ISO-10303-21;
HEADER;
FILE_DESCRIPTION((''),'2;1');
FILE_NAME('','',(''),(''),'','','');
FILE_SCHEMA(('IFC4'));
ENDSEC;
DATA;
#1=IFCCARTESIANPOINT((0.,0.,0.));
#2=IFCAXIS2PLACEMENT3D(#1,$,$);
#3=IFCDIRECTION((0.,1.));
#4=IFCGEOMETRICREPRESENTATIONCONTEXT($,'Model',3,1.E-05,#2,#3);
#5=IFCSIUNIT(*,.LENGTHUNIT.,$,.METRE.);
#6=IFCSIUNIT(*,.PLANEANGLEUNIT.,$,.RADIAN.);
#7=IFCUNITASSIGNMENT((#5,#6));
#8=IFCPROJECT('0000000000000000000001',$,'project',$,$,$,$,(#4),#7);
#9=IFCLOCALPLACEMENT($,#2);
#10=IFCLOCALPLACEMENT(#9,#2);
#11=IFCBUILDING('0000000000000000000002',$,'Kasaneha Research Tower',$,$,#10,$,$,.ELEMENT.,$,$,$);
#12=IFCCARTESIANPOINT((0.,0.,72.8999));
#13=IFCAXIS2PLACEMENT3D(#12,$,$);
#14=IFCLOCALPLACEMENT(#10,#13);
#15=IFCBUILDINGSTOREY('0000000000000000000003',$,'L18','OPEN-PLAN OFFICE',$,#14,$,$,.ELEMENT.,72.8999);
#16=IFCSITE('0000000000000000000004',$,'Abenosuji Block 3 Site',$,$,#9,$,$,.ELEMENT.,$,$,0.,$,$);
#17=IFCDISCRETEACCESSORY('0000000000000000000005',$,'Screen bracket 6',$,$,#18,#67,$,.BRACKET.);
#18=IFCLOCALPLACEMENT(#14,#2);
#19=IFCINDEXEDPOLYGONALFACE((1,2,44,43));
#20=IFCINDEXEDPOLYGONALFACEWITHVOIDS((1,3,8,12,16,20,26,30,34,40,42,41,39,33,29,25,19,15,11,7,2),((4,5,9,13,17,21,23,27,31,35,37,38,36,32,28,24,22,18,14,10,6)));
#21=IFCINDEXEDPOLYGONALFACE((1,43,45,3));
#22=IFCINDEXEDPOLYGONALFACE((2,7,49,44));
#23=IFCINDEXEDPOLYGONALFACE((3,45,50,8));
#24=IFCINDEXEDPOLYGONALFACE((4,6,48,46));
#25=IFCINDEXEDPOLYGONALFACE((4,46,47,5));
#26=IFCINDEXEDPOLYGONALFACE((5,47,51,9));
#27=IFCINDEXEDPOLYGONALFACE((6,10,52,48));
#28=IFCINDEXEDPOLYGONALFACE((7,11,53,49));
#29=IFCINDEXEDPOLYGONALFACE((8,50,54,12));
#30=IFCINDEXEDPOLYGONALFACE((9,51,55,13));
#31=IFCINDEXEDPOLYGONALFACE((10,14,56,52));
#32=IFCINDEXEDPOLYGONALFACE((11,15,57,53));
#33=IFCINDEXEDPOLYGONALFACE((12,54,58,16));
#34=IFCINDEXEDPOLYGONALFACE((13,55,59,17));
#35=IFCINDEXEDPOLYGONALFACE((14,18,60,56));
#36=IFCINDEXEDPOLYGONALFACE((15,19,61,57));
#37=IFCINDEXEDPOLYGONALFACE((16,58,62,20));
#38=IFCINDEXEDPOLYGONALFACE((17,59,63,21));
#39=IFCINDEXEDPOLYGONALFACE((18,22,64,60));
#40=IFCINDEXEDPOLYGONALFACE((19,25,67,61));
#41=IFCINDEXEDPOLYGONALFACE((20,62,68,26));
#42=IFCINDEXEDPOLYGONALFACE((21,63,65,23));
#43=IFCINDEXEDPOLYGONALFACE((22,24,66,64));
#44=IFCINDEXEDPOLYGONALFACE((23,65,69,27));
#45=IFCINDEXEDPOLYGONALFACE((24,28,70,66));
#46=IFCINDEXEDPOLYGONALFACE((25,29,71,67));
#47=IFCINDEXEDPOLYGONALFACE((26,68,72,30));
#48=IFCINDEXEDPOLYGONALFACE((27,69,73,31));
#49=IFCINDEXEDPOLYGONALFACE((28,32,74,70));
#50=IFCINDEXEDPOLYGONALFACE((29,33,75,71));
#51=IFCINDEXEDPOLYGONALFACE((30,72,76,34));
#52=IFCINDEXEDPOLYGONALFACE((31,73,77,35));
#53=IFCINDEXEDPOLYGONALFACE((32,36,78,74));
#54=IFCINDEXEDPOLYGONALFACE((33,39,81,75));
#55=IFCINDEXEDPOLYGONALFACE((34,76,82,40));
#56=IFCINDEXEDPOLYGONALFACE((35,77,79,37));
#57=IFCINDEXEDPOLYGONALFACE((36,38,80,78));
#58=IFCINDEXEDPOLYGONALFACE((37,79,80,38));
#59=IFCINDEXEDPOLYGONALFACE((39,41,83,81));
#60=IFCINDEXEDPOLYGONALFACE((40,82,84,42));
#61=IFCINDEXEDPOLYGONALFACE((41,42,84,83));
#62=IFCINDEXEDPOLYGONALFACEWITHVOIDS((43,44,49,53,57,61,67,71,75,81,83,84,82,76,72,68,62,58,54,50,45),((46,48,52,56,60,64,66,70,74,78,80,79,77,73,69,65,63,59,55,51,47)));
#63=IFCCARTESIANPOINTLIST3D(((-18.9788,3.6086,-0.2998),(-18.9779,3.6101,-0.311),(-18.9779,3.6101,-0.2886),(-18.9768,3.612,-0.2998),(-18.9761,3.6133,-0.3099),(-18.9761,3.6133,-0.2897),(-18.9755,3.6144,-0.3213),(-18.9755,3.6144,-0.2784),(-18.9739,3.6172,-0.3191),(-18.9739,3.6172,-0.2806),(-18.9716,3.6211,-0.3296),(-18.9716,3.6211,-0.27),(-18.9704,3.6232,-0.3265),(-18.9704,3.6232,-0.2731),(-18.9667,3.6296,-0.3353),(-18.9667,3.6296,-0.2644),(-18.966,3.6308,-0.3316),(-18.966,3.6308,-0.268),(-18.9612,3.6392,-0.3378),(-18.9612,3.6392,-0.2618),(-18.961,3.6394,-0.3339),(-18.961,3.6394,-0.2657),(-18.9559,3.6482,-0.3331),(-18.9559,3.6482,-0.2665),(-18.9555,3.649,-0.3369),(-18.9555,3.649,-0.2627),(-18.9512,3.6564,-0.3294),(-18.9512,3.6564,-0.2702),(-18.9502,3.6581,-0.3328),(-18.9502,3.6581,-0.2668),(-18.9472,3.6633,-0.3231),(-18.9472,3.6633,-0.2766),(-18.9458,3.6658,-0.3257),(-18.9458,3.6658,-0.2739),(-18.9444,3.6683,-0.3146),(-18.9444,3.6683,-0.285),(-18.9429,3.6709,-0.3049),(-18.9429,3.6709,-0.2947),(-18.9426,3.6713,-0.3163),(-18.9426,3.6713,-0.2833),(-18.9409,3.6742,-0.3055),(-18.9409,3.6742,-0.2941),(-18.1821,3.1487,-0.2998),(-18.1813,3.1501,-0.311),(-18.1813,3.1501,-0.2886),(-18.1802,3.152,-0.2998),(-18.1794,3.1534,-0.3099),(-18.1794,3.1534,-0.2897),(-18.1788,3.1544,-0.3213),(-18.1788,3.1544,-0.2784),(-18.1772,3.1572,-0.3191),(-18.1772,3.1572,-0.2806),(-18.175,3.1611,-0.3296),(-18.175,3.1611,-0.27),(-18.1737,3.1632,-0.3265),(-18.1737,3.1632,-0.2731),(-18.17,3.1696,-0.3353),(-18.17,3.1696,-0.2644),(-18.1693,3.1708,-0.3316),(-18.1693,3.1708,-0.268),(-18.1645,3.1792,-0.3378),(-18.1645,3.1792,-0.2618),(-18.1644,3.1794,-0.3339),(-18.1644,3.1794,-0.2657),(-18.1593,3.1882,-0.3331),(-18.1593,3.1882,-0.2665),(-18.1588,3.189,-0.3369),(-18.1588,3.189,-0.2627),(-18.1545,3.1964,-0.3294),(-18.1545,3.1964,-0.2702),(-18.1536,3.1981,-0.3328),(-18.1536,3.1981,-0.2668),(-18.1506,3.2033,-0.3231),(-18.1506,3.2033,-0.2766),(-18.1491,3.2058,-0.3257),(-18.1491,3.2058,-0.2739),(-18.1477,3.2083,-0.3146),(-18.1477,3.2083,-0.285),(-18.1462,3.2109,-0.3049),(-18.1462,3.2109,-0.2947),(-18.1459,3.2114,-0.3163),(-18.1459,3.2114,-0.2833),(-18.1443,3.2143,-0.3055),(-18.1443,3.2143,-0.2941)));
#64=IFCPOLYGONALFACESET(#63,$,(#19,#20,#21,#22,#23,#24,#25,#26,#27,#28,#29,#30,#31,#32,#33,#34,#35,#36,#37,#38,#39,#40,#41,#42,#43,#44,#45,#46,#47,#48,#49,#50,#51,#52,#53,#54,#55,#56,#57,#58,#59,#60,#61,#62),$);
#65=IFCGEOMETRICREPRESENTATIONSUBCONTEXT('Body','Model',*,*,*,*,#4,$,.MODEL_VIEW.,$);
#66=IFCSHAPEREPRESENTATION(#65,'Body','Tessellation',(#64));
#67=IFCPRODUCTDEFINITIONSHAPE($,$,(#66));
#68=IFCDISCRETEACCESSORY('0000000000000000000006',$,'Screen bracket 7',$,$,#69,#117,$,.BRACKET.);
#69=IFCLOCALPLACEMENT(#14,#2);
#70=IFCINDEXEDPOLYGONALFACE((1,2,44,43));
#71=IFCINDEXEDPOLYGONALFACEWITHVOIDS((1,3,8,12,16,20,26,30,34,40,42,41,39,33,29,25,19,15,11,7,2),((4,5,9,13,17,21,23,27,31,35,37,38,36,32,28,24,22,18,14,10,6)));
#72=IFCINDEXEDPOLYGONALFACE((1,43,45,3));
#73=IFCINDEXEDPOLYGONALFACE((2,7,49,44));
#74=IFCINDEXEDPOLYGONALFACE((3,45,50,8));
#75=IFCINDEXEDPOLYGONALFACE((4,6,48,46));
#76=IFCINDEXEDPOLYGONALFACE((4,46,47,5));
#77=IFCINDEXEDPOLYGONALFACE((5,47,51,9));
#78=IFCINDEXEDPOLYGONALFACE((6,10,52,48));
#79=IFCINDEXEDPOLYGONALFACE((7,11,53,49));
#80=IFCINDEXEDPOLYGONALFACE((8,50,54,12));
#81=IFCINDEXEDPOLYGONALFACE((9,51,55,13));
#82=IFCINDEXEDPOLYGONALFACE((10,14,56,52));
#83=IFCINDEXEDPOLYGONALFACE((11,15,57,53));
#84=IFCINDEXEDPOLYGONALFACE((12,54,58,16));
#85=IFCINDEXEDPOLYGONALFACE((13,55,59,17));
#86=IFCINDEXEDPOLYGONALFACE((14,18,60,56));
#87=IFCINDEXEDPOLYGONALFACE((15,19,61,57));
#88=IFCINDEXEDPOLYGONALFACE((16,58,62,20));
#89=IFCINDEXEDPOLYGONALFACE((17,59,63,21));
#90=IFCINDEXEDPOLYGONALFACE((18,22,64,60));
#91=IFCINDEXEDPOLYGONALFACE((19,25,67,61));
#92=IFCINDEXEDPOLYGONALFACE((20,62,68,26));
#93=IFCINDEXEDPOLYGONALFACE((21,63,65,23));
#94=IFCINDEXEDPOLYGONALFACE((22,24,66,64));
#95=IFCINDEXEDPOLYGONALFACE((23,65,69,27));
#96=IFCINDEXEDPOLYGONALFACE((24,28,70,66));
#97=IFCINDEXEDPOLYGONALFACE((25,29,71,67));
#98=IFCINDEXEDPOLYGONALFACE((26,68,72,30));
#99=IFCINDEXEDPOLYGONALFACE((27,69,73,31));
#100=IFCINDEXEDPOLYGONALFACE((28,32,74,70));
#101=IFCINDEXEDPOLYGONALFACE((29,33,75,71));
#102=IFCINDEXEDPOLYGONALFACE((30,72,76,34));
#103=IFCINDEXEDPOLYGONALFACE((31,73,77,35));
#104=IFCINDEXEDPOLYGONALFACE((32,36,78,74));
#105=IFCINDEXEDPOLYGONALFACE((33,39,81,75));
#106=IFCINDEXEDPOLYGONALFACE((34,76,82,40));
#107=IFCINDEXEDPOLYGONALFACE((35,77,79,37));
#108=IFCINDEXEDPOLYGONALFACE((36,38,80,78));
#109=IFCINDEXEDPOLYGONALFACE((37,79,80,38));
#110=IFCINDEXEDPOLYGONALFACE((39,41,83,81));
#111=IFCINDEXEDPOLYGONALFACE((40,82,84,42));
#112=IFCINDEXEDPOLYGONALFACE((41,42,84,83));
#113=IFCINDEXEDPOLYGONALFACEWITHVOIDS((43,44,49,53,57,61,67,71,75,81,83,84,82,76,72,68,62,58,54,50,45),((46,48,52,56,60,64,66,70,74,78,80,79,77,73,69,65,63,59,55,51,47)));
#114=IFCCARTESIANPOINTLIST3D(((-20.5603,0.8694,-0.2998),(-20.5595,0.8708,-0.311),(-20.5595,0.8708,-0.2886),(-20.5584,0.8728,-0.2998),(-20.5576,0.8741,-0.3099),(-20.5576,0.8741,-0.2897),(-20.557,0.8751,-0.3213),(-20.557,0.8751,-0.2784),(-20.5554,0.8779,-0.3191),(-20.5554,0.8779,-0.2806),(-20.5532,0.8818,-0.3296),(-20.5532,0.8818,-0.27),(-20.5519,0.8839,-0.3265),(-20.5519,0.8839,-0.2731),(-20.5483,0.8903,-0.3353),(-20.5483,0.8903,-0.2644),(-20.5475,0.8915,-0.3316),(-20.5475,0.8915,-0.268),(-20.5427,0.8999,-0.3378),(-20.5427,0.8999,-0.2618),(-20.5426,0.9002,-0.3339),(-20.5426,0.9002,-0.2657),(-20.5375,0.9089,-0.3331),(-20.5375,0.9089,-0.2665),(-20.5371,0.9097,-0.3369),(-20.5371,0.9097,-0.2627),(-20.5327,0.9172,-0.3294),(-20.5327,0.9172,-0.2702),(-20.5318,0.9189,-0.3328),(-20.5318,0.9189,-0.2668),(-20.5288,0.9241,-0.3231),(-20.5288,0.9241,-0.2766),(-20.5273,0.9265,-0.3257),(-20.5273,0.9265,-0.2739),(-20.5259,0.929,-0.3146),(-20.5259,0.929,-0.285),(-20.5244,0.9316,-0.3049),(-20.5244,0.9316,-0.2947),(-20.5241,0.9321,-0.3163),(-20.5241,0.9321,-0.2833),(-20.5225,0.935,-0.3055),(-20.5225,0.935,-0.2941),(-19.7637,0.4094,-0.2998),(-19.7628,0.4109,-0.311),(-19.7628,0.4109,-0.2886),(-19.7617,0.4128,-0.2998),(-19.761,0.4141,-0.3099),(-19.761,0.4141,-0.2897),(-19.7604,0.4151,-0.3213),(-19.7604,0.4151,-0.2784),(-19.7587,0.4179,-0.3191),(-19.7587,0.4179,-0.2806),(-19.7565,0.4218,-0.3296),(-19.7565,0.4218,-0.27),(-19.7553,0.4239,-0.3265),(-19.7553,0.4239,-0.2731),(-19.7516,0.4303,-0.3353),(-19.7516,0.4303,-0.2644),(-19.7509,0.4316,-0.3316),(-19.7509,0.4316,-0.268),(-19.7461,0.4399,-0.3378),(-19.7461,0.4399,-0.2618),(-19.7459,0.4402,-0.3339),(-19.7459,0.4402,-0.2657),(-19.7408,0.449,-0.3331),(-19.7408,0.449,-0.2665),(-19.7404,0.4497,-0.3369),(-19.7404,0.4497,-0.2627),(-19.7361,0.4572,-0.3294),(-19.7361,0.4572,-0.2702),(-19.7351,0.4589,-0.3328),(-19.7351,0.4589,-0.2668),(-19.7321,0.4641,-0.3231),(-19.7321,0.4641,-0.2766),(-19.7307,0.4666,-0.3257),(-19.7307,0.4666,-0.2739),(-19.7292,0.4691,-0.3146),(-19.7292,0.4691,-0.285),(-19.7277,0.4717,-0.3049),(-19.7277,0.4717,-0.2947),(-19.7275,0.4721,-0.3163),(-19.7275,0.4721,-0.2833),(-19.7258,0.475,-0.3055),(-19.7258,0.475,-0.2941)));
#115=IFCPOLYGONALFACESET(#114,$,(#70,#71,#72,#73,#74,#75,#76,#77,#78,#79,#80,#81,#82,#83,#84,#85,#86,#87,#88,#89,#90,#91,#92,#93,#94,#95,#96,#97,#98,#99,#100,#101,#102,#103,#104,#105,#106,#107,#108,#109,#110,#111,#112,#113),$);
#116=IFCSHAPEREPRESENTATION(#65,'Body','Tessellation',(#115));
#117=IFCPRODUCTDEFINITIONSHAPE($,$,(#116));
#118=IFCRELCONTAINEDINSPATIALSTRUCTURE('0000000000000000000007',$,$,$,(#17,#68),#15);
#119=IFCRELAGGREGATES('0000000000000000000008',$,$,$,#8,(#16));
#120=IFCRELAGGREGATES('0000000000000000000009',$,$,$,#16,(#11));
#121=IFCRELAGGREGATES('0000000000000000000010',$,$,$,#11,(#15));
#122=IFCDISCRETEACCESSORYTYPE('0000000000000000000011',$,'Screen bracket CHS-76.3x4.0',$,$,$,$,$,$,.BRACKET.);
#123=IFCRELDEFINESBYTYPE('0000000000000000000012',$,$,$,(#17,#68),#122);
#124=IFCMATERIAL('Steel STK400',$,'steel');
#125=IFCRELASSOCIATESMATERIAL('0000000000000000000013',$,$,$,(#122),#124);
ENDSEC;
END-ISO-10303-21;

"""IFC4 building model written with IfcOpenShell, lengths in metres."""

from ifc_helpers import new_model, si_unit, direction, frame, origin, origin_2d, place, context, subcontext, project, spatial, hollow_circle, extrude, material, material_profile, profile_set, type_object, element, save


model = new_model("IFC4")

# Units and contexts
model_context = context("Model", 3, precision=1e-05, world=origin(), true_north=direction((0.0, 1.0)))
body_context = subcontext(model_context, "Body", "Model", "MODEL_VIEW")
ifc_project = project(units=[si_unit("LENGTHUNIT", "METRE"), si_unit("PLANEANGLEUNIT", "RADIAN")], contexts=[model_context])

# Site, building, storey
site_placement = place(None, origin())
site = spatial("IfcSite", under=ifc_project, at=site_placement, Name="Abenosuji Block 3 Site", CompositionType="ELEMENT", RefElevation=0.0)
building_placement = place(site_placement, origin())
building = spatial("IfcBuilding", under=site, at=building_placement, Name="Kasaneha Research Tower", CompositionType="ELEMENT")
storey_placement = place(building_placement, frame((0.0, 0.0, 72.8999)))
storey = spatial("IfcBuildingStorey", under=building, at=storey_placement, Name="L18", Description="OPEN-PLAN OFFICE", CompositionType="ELEMENT", Elevation=72.8999)

# Discrete accessories
ifc_material_1 = material(Name="Steel STK400", Category="steel")
ifc_material_profile_1 = material_profile(ifc_material_1, hollow_circle(Radius=0.0381, WallThickness=0.0039, at=origin_2d()), Name="CHS-76.3x4.0")
ifc_profile_set_1 = profile_set([ifc_material_profile_1], Name="Steel STK400")
discrete_accessory_type = type_object("IfcDiscreteAccessoryType", Name="Screen bracket CHS-76.3x4.0", PredefinedType="BRACKET", material=ifc_profile_set_1)
for number, where, z_axis, x_axis, name in (
    (1, (-18.1631, 3.1816, -0.2998), (-0.866013, 0.500021, 0.0), (-0.500021, -0.866013, 0.0), "Screen bracket 6"),
    (2, (-19.7446, 0.4424, -0.2998), (-0.866013, 0.500021, 0.0), (-0.500021, -0.866013, 0.0), "Screen bracket 7"),
):
    element("IfcDiscreteAccessory", number, at=place(storey_placement, frame(where, z_axis=z_axis, x_axis=x_axis)), inside=storey, type_object=discrete_accessory_type, Name=name, PredefinedType="BRACKET", context=body_context, shape_type="SweptSolid", body=[
        extrude(hollow_circle(Radius=0.0381, WallThickness=0.0039, at=origin_2d()), origin(), (0.0, 0.0, 1.0), 0.9199),
    ])

save(model, "model.ifc")
